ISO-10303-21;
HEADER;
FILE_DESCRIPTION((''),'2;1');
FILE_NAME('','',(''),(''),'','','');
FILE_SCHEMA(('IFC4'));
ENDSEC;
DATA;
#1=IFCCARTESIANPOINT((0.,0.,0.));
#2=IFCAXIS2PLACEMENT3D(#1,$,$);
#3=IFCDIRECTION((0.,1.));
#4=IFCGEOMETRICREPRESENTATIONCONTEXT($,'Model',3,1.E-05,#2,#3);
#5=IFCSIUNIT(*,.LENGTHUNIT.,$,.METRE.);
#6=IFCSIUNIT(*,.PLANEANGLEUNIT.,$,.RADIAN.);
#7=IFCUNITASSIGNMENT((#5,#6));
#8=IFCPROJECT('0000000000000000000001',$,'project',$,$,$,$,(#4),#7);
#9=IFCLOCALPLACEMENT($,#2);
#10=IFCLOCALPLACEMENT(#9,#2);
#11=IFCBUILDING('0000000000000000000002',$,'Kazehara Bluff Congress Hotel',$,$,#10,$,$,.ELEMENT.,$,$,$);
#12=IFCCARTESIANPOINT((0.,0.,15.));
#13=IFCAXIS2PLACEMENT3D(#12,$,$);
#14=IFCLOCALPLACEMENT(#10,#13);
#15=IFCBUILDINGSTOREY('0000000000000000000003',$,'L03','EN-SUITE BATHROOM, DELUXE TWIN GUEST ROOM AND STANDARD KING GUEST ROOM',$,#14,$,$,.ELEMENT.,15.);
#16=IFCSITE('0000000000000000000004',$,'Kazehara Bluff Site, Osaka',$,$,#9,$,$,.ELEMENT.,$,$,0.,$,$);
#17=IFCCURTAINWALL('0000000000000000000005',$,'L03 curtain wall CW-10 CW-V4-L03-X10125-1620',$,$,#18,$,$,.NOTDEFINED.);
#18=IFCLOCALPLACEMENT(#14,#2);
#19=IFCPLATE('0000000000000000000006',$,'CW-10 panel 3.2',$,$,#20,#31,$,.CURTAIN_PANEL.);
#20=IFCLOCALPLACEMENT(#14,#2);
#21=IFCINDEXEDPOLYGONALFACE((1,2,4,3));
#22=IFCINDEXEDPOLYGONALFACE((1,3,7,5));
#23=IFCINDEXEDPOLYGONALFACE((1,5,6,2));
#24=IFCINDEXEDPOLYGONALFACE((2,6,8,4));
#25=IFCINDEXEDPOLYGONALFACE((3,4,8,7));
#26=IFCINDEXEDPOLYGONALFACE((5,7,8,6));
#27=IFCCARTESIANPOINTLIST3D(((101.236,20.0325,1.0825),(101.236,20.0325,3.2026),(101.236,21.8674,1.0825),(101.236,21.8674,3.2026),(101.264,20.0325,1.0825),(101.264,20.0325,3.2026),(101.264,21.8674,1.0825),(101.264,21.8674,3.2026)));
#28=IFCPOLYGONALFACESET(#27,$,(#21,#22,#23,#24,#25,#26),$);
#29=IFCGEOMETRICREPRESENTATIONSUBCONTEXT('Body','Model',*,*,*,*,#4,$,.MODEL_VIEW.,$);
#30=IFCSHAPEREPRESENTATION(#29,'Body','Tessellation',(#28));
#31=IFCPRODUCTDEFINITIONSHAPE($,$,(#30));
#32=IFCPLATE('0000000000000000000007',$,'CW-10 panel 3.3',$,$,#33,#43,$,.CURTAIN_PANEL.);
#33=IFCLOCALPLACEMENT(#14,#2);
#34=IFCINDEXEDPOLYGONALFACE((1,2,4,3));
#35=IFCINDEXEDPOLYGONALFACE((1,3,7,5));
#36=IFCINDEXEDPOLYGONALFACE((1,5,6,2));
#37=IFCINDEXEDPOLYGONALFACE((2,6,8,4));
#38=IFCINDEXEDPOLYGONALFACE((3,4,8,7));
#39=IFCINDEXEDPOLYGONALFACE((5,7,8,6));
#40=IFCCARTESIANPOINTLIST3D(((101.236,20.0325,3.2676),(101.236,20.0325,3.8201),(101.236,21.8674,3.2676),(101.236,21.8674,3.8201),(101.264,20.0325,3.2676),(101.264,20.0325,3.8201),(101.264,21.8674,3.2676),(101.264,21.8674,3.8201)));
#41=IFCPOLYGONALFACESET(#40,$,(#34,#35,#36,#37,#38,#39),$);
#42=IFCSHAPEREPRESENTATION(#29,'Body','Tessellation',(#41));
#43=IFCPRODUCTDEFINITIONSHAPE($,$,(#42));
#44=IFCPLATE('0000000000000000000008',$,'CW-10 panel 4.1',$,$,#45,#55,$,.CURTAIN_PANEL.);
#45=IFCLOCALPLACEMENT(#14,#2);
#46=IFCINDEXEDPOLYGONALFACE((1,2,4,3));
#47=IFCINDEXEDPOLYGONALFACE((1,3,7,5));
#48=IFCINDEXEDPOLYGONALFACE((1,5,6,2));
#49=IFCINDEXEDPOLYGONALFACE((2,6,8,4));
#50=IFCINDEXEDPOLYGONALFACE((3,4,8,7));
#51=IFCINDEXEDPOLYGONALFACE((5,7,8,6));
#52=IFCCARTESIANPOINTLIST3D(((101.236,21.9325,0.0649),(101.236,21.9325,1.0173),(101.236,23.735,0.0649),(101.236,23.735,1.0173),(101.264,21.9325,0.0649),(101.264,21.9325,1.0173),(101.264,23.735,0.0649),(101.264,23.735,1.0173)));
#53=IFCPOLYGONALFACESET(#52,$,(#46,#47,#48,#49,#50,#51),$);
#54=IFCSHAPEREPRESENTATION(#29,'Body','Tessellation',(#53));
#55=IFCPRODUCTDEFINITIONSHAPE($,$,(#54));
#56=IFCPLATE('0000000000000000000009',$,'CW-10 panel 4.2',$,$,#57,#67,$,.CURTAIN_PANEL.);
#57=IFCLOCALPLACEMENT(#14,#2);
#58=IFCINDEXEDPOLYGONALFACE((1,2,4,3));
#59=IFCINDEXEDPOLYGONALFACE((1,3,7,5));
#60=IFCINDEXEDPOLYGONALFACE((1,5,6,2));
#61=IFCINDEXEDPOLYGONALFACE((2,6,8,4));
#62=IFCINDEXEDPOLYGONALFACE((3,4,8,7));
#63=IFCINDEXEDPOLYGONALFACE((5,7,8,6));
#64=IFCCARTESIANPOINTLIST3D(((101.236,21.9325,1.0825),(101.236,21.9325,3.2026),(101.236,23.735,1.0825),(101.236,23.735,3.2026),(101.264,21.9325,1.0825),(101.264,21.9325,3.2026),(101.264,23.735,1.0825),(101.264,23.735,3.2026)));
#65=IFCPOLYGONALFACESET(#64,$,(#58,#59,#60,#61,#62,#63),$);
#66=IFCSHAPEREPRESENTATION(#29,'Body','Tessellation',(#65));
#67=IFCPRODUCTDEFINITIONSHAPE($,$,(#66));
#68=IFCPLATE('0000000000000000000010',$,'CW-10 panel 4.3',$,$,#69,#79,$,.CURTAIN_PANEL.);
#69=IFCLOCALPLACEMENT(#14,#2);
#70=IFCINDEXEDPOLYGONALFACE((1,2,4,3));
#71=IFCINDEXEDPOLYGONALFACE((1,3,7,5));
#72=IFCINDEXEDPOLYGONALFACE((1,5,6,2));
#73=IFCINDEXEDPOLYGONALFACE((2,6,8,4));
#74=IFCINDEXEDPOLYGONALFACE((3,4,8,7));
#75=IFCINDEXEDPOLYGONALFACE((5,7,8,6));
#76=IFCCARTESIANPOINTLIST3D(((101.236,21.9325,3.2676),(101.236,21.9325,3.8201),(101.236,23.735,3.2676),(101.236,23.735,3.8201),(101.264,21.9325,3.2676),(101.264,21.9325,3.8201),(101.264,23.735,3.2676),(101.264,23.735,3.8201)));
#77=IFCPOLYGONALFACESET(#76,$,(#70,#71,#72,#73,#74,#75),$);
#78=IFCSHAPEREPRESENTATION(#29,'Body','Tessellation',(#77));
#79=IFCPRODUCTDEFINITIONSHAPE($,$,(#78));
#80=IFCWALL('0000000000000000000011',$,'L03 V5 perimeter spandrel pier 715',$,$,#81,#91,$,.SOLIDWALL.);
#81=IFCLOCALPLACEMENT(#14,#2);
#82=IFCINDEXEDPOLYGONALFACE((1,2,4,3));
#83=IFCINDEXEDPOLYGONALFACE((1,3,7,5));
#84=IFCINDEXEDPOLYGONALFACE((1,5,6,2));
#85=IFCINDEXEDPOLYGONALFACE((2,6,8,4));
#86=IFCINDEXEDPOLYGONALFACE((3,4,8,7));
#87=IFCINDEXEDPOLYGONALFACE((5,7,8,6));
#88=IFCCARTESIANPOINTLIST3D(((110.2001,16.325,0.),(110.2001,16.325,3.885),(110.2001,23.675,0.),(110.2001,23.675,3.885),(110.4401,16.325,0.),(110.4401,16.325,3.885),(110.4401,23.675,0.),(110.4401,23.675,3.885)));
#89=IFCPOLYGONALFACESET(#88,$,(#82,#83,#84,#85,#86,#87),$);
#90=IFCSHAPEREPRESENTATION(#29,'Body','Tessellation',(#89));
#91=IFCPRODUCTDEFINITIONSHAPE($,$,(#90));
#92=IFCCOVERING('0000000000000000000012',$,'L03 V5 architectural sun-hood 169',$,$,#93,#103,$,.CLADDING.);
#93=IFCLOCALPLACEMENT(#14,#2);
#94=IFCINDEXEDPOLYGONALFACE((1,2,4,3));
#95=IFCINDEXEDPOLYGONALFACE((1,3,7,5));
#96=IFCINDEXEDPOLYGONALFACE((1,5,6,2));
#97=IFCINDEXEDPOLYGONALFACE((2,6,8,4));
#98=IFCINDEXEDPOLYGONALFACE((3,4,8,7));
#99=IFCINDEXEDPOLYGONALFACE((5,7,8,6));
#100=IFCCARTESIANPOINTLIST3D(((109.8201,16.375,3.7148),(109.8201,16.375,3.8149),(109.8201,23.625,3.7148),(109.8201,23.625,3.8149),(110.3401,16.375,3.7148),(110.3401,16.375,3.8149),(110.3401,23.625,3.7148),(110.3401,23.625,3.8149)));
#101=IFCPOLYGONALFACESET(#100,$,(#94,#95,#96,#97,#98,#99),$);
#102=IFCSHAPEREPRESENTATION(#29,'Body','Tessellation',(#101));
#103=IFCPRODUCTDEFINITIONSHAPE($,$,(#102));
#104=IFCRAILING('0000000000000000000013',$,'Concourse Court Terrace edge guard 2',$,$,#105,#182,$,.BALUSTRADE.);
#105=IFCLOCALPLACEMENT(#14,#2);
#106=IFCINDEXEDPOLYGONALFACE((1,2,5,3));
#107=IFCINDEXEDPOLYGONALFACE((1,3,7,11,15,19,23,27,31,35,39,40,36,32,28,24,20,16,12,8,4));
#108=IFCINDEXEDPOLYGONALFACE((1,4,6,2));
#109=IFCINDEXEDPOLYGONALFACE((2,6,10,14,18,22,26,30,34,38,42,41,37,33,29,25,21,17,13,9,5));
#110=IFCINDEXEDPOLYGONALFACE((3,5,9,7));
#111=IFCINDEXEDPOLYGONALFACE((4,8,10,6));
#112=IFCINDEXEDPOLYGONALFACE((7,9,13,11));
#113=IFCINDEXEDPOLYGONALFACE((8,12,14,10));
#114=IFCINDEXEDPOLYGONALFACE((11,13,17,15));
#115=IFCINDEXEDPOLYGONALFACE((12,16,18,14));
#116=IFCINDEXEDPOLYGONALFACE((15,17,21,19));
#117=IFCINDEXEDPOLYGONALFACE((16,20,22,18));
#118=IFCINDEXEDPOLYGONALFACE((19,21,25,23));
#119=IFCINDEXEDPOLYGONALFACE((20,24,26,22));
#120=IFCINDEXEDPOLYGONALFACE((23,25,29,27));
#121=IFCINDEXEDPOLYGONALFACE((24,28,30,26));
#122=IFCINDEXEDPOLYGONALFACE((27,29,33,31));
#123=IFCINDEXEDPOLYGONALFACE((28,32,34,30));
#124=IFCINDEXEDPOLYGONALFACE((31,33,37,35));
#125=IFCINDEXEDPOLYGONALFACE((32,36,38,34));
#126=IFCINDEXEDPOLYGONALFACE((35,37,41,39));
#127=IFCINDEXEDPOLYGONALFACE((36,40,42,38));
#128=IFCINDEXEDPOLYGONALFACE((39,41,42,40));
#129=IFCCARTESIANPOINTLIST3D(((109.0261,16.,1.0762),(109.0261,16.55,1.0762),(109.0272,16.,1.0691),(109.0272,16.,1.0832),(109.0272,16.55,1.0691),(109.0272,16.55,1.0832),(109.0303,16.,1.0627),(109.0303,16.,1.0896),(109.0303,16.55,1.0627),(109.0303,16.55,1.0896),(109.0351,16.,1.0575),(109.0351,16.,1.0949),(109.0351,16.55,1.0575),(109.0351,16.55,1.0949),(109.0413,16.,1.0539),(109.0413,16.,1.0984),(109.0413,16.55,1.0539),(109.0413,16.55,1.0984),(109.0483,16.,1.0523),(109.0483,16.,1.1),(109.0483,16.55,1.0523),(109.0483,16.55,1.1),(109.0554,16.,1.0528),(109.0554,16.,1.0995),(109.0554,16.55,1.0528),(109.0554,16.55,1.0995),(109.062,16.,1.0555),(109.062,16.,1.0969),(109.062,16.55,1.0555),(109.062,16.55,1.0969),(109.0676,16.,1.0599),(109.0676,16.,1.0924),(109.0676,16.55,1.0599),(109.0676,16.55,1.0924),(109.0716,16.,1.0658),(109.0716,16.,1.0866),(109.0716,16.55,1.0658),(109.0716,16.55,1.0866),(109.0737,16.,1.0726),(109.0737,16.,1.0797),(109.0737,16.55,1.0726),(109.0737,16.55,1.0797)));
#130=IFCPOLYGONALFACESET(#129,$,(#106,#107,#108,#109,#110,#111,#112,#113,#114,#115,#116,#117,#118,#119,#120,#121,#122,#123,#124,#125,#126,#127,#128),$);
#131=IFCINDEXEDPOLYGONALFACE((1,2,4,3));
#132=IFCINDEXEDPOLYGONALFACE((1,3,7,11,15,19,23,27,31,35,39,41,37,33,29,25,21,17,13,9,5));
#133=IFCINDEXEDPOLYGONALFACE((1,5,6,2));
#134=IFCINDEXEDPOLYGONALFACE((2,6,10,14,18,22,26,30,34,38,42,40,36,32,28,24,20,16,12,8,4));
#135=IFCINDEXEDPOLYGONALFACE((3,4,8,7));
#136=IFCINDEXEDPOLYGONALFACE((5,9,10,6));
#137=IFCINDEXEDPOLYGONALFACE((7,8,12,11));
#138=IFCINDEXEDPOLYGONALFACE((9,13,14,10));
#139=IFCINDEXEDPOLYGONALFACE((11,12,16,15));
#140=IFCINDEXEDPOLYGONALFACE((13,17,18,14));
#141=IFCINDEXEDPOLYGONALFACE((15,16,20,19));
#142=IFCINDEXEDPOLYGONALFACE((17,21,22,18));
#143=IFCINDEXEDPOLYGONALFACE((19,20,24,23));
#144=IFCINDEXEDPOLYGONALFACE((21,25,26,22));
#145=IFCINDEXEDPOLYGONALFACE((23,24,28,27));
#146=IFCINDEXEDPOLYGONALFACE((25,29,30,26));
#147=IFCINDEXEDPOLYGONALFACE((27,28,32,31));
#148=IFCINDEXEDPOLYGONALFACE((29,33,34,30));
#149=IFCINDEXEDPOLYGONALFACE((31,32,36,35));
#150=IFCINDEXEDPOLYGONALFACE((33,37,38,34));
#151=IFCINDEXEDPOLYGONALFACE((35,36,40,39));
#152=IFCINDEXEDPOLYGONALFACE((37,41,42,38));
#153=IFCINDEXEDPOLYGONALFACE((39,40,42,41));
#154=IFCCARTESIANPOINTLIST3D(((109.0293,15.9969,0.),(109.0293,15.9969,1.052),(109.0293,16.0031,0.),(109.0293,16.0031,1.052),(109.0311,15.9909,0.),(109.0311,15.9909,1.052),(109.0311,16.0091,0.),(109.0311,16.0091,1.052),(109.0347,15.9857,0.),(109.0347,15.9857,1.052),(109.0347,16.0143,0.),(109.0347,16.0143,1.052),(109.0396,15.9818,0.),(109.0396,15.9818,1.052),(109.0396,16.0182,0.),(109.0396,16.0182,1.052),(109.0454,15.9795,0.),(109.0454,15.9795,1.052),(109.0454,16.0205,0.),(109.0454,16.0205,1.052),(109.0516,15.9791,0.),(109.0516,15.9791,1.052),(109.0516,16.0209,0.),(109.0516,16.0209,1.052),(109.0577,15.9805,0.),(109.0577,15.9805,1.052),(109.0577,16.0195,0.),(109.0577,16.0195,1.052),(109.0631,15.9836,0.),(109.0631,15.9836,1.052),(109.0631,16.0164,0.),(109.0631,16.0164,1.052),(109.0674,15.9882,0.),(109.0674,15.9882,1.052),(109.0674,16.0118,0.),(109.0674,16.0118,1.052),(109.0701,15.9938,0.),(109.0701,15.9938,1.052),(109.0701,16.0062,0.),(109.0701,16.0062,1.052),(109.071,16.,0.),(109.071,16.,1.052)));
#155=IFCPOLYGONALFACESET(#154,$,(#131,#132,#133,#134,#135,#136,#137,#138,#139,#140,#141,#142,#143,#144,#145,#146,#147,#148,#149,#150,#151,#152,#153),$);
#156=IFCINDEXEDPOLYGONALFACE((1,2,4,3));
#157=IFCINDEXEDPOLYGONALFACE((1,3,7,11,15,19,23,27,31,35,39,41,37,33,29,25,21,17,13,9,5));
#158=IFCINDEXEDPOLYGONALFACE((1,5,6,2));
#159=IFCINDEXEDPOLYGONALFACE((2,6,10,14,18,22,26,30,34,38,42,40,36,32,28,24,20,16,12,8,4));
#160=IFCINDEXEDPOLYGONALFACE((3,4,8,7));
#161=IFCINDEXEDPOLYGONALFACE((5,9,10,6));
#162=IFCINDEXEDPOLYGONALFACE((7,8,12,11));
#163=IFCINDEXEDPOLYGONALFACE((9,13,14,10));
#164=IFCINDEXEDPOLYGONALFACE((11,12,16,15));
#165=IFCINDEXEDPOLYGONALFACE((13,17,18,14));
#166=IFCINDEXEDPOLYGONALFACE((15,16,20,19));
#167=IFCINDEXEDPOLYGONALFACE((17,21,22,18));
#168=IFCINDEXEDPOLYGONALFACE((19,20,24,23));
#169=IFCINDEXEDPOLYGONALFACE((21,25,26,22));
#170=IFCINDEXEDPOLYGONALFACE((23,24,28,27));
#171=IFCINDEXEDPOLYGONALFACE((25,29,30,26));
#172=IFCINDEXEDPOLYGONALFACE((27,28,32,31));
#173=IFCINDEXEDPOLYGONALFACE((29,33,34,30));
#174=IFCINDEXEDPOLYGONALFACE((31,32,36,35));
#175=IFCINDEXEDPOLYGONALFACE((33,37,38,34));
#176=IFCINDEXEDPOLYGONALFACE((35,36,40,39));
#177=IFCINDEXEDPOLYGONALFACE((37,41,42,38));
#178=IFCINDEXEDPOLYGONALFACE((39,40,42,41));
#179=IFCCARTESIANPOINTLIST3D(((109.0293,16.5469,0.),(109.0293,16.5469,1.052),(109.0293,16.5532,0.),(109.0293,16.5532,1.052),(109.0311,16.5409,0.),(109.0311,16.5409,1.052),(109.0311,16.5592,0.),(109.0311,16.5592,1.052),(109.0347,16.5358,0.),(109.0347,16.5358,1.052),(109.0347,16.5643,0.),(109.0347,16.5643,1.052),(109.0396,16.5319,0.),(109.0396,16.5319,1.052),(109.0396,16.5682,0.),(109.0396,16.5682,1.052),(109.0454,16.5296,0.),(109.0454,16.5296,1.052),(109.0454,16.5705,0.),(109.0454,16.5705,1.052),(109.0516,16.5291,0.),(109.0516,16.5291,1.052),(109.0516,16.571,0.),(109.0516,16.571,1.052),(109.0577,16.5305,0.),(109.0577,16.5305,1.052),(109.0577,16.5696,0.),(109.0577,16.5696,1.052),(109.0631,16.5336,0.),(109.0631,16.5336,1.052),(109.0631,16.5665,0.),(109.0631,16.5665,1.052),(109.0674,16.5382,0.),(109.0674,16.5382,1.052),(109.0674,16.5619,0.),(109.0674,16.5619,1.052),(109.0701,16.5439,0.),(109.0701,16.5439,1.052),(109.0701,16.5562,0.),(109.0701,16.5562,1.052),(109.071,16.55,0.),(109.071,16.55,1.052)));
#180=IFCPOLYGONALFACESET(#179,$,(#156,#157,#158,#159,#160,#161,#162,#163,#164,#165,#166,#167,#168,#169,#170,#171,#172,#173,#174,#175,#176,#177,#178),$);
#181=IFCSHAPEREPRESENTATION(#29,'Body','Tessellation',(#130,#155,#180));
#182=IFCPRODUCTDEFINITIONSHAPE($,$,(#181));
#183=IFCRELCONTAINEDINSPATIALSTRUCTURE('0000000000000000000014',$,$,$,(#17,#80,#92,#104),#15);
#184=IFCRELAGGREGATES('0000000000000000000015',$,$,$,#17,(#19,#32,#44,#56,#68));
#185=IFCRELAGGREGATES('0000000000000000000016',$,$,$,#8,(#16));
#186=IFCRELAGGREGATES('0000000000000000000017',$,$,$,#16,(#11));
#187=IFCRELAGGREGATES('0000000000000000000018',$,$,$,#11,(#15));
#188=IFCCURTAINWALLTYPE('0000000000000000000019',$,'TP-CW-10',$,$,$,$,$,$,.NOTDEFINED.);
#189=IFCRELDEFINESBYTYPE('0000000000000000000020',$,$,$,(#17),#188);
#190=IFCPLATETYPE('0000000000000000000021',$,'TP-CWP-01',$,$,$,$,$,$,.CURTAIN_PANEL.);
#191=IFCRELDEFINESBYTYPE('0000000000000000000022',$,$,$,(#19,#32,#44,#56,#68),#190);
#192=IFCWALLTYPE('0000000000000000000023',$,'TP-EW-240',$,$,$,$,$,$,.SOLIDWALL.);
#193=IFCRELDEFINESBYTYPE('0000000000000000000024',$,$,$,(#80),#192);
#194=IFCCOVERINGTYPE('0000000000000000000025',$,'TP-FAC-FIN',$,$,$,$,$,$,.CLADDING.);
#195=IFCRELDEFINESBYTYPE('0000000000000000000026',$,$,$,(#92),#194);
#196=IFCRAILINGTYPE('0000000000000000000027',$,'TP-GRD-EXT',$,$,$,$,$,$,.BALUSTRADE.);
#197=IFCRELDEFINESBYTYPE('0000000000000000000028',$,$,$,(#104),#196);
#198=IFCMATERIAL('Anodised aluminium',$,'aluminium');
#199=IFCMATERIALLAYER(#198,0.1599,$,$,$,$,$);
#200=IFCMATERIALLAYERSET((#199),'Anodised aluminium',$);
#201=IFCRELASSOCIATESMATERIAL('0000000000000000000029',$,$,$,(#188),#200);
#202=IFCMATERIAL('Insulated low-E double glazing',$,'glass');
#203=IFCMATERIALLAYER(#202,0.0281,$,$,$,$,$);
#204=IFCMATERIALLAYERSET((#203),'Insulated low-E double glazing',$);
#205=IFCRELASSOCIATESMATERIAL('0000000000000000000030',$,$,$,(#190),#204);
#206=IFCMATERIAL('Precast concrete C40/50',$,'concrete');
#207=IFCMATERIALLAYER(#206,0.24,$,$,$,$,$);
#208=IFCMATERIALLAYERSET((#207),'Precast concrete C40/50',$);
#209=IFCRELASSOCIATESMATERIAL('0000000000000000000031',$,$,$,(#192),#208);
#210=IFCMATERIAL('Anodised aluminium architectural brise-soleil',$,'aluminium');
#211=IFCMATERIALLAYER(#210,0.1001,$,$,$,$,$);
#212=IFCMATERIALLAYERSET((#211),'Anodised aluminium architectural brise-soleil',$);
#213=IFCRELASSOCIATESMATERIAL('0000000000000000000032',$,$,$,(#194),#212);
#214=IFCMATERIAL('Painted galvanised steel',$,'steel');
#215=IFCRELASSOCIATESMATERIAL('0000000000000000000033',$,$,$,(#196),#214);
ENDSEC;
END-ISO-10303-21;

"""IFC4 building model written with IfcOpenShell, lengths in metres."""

from ifc_helpers import new_model, si_unit, direction, frame, frame_2d, origin, origin_2d, place, context, subcontext, project, spatial, rectangle, circle, extrude, material, layer, layer_set, type_object, element, aggregate, save


model = new_model("IFC4")

# Units and contexts
model_context = context("Model", 3, precision=1e-05, world=origin(), true_north=direction((0.0, 1.0)))
body_context = subcontext(model_context, "Body", "Model", "MODEL_VIEW")
ifc_project = project(units=[si_unit("LENGTHUNIT", "METRE"), si_unit("PLANEANGLEUNIT", "RADIAN")], contexts=[model_context])

# Site, building, storey
site_placement = place(None, origin())
site = spatial("IfcSite", under=ifc_project, at=site_placement, Name="Kazehara Bluff Site, Osaka", CompositionType="ELEMENT", RefElevation=0.0)
building_placement = place(site_placement, origin())
building = spatial("IfcBuilding", under=site, at=building_placement, Name="Kazehara Bluff Congress Hotel", CompositionType="ELEMENT")
storey_placement = place(building_placement, frame((0.0, 0.0, 15.0)))
storey = spatial("IfcBuildingStorey", under=building, at=storey_placement, Name="L03", Description="EN-SUITE BATHROOM, DELUXE TWIN GUEST ROOM AND STANDARD KING GUEST ROOM", CompositionType="ELEMENT", Elevation=15.0)

# Curtain wall, plates
ifc_material_1 = material(Name="Anodised aluminium", Category="aluminium")
ifc_layer_1 = layer(ifc_material_1, 0.1599)
ifc_layer_set_1 = layer_set([ifc_layer_1], Name="Anodised aluminium")
curtain_wall_type = type_object("IfcCurtainWallType", Name="TP-CW-10", PredefinedType="NOTDEFINED", material=ifc_layer_set_1)
curtain_wall_placement = place(storey_placement, origin())
curtain_wall = element("IfcCurtainWall", 1, at=curtain_wall_placement, inside=storey, type_object=curtain_wall_type, Name="L03 curtain wall CW-10 CW-V4-L03-X10125-1620", PredefinedType="NOTDEFINED")
ifc_material_2 = material(Name="Insulated low-E double glazing", Category="glass")
ifc_layer_2 = layer(ifc_material_2, 0.0281)
ifc_layer_set_2 = layer_set([ifc_layer_2], Name="Insulated low-E double glazing")
plate_type = type_object("IfcPlateType", Name="TP-CWP-01", PredefinedType="CURTAIN_PANEL", material=ifc_layer_set_2)
plate_1_placement = place(storey_placement, frame((101.25, 20.95, 1.0825), z_axis=(0.0, 0.0, 1.0), x_axis=(0.0, 1.0, 0.0)))
plate_1 = element("IfcPlate", 2, at=plate_1_placement, type_object=plate_type, Name="CW-10 panel 3.2", PredefinedType="CURTAIN_PANEL", context=body_context, shape_type="SweptSolid", body=[
    extrude(rectangle(XDim=1.835, YDim=0.0281, at=origin_2d()), origin(), (0.0, 0.0, 1.0), 2.1201),
])
plate_2_placement = place(storey_placement, frame((101.25, 20.95, 3.2676), z_axis=(0.0, 0.0, 1.0), x_axis=(0.0, 1.0, 0.0)))
plate_2 = element("IfcPlate", 3, at=plate_2_placement, type_object=plate_type, Name="CW-10 panel 3.3", PredefinedType="CURTAIN_PANEL", context=body_context, shape_type="SweptSolid", body=[
    extrude(rectangle(XDim=1.835, YDim=0.0281, at=origin_2d()), origin(), (0.0, 0.0, 1.0), 0.5525),
])
plate_3_placement = place(storey_placement, frame((101.25, 22.8337, 0.0649), z_axis=(0.0, 0.0, 1.0), x_axis=(0.0, 1.0, 0.0)))
plate_3 = element("IfcPlate", 4, at=plate_3_placement, type_object=plate_type, Name="CW-10 panel 4.1", PredefinedType="CURTAIN_PANEL", context=body_context, shape_type="SweptSolid", body=[
    extrude(rectangle(XDim=1.8025, YDim=0.0281, at=origin_2d()), origin(), (0.0, 0.0, 1.0), 0.9524),
])
plate_4_placement = place(storey_placement, frame((101.25, 22.8337, 1.0825), z_axis=(0.0, 0.0, 1.0), x_axis=(0.0, 1.0, 0.0)))
plate_4 = element("IfcPlate", 5, at=plate_4_placement, type_object=plate_type, Name="CW-10 panel 4.2", PredefinedType="CURTAIN_PANEL", context=body_context, shape_type="SweptSolid", body=[
    extrude(rectangle(XDim=1.8025, YDim=0.0281, at=origin_2d()), origin(), (0.0, 0.0, 1.0), 2.1201),
])
plate_5_placement = place(storey_placement, frame((101.25, 22.8337, 3.2676), z_axis=(0.0, 0.0, 1.0), x_axis=(0.0, 1.0, 0.0)))
plate_5 = element("IfcPlate", 6, at=plate_5_placement, type_object=plate_type, Name="CW-10 panel 4.3", PredefinedType="CURTAIN_PANEL", context=body_context, shape_type="SweptSolid", body=[
    extrude(rectangle(XDim=1.8025, YDim=0.0281, at=origin_2d()), origin(), (0.0, 0.0, 1.0), 0.5525),
])
aggregate(curtain_wall, [plate_1, plate_2, plate_3, plate_4, plate_5])

# Wall
ifc_material_3 = material(Name="Precast concrete C40/50", Category="concrete")
ifc_layer_3 = layer(ifc_material_3, 0.24)
ifc_layer_set_3 = layer_set([ifc_layer_3], Name="Precast concrete C40/50")
wall_type = type_object("IfcWallType", Name="TP-EW-240", PredefinedType="SOLIDWALL", material=ifc_layer_set_3)
wall_placement = place(storey_placement, frame((110.3201, 16.325, 0.0), z_axis=(0.0, 0.0, 1.0), x_axis=(0.0, 1.0, 0.0)))
element("IfcWall", 7, at=wall_placement, inside=storey, type_object=wall_type, Name="L03 V5 perimeter spandrel pier 715", PredefinedType="SOLIDWALL", context=body_context, shape_type="SweptSolid", body=[
    extrude(rectangle(XDim=7.3501, YDim=0.24, at=frame_2d((3.675, 0.0))), origin(), (0.0, 0.0, 1.0), 3.885),
])

# Covering
ifc_material_4 = material(Name="Anodised aluminium architectural brise-soleil", Category="aluminium")
ifc_layer_4 = layer(ifc_material_4, 0.1001)
ifc_layer_set_4 = layer_set([ifc_layer_4], Name="Anodised aluminium architectural brise-soleil")
covering_type = type_object("IfcCoveringType", Name="TP-FAC-FIN", PredefinedType="CLADDING", material=ifc_layer_set_4)
covering_placement = place(storey_placement, frame((110.0801, 20.0, 3.7148), z_axis=(0.0, 0.0, 1.0), x_axis=(1.0, 0.0, 0.0)))
element("IfcCovering", 8, at=covering_placement, inside=storey, type_object=covering_type, Name="L03 V5 architectural sun-hood 169", PredefinedType="CLADDING", context=body_context, shape_type="SweptSolid", body=[
    extrude(rectangle(XDim=0.52, YDim=7.25, at=origin_2d()), origin(), (0.0, 0.0, 1.0), 0.1001),
])

# Railing
ifc_material_5 = material(Name="Painted galvanised steel", Category="steel")
railing_type = type_object("IfcRailingType", Name="TP-GRD-EXT", PredefinedType="BALUSTRADE", material=ifc_material_5)
railing_1_placement = place(storey_placement, frame((109.05, 16.0, 0.0)))
element("IfcRailing", 9, at=railing_1_placement, inside=storey, type_object=railing_type, Name="Concourse Court Terrace edge guard 2", PredefinedType="BALUSTRADE", context=body_context, shape_type="SweptSolid", body=[
    extrude(circle(Radius=0.0239, at=origin_2d()), frame((0.0, 0.0, 1.0762), z_axis=(0.0, 1.0, 0.0), x_axis=(-1.0, 0.0, 0.0)), (0.0, 0.0, 1.0), 0.55),
    extrude(circle(Radius=0.021, at=origin_2d()), origin(), (0.0, 0.0, 1.0), 1.052),
    extrude(circle(Radius=0.021, at=origin_2d()), frame((0.0, 0.55, 0.0)), (0.0, 0.0, 1.0), 1.052),
])

save(model, "model.ifc")
